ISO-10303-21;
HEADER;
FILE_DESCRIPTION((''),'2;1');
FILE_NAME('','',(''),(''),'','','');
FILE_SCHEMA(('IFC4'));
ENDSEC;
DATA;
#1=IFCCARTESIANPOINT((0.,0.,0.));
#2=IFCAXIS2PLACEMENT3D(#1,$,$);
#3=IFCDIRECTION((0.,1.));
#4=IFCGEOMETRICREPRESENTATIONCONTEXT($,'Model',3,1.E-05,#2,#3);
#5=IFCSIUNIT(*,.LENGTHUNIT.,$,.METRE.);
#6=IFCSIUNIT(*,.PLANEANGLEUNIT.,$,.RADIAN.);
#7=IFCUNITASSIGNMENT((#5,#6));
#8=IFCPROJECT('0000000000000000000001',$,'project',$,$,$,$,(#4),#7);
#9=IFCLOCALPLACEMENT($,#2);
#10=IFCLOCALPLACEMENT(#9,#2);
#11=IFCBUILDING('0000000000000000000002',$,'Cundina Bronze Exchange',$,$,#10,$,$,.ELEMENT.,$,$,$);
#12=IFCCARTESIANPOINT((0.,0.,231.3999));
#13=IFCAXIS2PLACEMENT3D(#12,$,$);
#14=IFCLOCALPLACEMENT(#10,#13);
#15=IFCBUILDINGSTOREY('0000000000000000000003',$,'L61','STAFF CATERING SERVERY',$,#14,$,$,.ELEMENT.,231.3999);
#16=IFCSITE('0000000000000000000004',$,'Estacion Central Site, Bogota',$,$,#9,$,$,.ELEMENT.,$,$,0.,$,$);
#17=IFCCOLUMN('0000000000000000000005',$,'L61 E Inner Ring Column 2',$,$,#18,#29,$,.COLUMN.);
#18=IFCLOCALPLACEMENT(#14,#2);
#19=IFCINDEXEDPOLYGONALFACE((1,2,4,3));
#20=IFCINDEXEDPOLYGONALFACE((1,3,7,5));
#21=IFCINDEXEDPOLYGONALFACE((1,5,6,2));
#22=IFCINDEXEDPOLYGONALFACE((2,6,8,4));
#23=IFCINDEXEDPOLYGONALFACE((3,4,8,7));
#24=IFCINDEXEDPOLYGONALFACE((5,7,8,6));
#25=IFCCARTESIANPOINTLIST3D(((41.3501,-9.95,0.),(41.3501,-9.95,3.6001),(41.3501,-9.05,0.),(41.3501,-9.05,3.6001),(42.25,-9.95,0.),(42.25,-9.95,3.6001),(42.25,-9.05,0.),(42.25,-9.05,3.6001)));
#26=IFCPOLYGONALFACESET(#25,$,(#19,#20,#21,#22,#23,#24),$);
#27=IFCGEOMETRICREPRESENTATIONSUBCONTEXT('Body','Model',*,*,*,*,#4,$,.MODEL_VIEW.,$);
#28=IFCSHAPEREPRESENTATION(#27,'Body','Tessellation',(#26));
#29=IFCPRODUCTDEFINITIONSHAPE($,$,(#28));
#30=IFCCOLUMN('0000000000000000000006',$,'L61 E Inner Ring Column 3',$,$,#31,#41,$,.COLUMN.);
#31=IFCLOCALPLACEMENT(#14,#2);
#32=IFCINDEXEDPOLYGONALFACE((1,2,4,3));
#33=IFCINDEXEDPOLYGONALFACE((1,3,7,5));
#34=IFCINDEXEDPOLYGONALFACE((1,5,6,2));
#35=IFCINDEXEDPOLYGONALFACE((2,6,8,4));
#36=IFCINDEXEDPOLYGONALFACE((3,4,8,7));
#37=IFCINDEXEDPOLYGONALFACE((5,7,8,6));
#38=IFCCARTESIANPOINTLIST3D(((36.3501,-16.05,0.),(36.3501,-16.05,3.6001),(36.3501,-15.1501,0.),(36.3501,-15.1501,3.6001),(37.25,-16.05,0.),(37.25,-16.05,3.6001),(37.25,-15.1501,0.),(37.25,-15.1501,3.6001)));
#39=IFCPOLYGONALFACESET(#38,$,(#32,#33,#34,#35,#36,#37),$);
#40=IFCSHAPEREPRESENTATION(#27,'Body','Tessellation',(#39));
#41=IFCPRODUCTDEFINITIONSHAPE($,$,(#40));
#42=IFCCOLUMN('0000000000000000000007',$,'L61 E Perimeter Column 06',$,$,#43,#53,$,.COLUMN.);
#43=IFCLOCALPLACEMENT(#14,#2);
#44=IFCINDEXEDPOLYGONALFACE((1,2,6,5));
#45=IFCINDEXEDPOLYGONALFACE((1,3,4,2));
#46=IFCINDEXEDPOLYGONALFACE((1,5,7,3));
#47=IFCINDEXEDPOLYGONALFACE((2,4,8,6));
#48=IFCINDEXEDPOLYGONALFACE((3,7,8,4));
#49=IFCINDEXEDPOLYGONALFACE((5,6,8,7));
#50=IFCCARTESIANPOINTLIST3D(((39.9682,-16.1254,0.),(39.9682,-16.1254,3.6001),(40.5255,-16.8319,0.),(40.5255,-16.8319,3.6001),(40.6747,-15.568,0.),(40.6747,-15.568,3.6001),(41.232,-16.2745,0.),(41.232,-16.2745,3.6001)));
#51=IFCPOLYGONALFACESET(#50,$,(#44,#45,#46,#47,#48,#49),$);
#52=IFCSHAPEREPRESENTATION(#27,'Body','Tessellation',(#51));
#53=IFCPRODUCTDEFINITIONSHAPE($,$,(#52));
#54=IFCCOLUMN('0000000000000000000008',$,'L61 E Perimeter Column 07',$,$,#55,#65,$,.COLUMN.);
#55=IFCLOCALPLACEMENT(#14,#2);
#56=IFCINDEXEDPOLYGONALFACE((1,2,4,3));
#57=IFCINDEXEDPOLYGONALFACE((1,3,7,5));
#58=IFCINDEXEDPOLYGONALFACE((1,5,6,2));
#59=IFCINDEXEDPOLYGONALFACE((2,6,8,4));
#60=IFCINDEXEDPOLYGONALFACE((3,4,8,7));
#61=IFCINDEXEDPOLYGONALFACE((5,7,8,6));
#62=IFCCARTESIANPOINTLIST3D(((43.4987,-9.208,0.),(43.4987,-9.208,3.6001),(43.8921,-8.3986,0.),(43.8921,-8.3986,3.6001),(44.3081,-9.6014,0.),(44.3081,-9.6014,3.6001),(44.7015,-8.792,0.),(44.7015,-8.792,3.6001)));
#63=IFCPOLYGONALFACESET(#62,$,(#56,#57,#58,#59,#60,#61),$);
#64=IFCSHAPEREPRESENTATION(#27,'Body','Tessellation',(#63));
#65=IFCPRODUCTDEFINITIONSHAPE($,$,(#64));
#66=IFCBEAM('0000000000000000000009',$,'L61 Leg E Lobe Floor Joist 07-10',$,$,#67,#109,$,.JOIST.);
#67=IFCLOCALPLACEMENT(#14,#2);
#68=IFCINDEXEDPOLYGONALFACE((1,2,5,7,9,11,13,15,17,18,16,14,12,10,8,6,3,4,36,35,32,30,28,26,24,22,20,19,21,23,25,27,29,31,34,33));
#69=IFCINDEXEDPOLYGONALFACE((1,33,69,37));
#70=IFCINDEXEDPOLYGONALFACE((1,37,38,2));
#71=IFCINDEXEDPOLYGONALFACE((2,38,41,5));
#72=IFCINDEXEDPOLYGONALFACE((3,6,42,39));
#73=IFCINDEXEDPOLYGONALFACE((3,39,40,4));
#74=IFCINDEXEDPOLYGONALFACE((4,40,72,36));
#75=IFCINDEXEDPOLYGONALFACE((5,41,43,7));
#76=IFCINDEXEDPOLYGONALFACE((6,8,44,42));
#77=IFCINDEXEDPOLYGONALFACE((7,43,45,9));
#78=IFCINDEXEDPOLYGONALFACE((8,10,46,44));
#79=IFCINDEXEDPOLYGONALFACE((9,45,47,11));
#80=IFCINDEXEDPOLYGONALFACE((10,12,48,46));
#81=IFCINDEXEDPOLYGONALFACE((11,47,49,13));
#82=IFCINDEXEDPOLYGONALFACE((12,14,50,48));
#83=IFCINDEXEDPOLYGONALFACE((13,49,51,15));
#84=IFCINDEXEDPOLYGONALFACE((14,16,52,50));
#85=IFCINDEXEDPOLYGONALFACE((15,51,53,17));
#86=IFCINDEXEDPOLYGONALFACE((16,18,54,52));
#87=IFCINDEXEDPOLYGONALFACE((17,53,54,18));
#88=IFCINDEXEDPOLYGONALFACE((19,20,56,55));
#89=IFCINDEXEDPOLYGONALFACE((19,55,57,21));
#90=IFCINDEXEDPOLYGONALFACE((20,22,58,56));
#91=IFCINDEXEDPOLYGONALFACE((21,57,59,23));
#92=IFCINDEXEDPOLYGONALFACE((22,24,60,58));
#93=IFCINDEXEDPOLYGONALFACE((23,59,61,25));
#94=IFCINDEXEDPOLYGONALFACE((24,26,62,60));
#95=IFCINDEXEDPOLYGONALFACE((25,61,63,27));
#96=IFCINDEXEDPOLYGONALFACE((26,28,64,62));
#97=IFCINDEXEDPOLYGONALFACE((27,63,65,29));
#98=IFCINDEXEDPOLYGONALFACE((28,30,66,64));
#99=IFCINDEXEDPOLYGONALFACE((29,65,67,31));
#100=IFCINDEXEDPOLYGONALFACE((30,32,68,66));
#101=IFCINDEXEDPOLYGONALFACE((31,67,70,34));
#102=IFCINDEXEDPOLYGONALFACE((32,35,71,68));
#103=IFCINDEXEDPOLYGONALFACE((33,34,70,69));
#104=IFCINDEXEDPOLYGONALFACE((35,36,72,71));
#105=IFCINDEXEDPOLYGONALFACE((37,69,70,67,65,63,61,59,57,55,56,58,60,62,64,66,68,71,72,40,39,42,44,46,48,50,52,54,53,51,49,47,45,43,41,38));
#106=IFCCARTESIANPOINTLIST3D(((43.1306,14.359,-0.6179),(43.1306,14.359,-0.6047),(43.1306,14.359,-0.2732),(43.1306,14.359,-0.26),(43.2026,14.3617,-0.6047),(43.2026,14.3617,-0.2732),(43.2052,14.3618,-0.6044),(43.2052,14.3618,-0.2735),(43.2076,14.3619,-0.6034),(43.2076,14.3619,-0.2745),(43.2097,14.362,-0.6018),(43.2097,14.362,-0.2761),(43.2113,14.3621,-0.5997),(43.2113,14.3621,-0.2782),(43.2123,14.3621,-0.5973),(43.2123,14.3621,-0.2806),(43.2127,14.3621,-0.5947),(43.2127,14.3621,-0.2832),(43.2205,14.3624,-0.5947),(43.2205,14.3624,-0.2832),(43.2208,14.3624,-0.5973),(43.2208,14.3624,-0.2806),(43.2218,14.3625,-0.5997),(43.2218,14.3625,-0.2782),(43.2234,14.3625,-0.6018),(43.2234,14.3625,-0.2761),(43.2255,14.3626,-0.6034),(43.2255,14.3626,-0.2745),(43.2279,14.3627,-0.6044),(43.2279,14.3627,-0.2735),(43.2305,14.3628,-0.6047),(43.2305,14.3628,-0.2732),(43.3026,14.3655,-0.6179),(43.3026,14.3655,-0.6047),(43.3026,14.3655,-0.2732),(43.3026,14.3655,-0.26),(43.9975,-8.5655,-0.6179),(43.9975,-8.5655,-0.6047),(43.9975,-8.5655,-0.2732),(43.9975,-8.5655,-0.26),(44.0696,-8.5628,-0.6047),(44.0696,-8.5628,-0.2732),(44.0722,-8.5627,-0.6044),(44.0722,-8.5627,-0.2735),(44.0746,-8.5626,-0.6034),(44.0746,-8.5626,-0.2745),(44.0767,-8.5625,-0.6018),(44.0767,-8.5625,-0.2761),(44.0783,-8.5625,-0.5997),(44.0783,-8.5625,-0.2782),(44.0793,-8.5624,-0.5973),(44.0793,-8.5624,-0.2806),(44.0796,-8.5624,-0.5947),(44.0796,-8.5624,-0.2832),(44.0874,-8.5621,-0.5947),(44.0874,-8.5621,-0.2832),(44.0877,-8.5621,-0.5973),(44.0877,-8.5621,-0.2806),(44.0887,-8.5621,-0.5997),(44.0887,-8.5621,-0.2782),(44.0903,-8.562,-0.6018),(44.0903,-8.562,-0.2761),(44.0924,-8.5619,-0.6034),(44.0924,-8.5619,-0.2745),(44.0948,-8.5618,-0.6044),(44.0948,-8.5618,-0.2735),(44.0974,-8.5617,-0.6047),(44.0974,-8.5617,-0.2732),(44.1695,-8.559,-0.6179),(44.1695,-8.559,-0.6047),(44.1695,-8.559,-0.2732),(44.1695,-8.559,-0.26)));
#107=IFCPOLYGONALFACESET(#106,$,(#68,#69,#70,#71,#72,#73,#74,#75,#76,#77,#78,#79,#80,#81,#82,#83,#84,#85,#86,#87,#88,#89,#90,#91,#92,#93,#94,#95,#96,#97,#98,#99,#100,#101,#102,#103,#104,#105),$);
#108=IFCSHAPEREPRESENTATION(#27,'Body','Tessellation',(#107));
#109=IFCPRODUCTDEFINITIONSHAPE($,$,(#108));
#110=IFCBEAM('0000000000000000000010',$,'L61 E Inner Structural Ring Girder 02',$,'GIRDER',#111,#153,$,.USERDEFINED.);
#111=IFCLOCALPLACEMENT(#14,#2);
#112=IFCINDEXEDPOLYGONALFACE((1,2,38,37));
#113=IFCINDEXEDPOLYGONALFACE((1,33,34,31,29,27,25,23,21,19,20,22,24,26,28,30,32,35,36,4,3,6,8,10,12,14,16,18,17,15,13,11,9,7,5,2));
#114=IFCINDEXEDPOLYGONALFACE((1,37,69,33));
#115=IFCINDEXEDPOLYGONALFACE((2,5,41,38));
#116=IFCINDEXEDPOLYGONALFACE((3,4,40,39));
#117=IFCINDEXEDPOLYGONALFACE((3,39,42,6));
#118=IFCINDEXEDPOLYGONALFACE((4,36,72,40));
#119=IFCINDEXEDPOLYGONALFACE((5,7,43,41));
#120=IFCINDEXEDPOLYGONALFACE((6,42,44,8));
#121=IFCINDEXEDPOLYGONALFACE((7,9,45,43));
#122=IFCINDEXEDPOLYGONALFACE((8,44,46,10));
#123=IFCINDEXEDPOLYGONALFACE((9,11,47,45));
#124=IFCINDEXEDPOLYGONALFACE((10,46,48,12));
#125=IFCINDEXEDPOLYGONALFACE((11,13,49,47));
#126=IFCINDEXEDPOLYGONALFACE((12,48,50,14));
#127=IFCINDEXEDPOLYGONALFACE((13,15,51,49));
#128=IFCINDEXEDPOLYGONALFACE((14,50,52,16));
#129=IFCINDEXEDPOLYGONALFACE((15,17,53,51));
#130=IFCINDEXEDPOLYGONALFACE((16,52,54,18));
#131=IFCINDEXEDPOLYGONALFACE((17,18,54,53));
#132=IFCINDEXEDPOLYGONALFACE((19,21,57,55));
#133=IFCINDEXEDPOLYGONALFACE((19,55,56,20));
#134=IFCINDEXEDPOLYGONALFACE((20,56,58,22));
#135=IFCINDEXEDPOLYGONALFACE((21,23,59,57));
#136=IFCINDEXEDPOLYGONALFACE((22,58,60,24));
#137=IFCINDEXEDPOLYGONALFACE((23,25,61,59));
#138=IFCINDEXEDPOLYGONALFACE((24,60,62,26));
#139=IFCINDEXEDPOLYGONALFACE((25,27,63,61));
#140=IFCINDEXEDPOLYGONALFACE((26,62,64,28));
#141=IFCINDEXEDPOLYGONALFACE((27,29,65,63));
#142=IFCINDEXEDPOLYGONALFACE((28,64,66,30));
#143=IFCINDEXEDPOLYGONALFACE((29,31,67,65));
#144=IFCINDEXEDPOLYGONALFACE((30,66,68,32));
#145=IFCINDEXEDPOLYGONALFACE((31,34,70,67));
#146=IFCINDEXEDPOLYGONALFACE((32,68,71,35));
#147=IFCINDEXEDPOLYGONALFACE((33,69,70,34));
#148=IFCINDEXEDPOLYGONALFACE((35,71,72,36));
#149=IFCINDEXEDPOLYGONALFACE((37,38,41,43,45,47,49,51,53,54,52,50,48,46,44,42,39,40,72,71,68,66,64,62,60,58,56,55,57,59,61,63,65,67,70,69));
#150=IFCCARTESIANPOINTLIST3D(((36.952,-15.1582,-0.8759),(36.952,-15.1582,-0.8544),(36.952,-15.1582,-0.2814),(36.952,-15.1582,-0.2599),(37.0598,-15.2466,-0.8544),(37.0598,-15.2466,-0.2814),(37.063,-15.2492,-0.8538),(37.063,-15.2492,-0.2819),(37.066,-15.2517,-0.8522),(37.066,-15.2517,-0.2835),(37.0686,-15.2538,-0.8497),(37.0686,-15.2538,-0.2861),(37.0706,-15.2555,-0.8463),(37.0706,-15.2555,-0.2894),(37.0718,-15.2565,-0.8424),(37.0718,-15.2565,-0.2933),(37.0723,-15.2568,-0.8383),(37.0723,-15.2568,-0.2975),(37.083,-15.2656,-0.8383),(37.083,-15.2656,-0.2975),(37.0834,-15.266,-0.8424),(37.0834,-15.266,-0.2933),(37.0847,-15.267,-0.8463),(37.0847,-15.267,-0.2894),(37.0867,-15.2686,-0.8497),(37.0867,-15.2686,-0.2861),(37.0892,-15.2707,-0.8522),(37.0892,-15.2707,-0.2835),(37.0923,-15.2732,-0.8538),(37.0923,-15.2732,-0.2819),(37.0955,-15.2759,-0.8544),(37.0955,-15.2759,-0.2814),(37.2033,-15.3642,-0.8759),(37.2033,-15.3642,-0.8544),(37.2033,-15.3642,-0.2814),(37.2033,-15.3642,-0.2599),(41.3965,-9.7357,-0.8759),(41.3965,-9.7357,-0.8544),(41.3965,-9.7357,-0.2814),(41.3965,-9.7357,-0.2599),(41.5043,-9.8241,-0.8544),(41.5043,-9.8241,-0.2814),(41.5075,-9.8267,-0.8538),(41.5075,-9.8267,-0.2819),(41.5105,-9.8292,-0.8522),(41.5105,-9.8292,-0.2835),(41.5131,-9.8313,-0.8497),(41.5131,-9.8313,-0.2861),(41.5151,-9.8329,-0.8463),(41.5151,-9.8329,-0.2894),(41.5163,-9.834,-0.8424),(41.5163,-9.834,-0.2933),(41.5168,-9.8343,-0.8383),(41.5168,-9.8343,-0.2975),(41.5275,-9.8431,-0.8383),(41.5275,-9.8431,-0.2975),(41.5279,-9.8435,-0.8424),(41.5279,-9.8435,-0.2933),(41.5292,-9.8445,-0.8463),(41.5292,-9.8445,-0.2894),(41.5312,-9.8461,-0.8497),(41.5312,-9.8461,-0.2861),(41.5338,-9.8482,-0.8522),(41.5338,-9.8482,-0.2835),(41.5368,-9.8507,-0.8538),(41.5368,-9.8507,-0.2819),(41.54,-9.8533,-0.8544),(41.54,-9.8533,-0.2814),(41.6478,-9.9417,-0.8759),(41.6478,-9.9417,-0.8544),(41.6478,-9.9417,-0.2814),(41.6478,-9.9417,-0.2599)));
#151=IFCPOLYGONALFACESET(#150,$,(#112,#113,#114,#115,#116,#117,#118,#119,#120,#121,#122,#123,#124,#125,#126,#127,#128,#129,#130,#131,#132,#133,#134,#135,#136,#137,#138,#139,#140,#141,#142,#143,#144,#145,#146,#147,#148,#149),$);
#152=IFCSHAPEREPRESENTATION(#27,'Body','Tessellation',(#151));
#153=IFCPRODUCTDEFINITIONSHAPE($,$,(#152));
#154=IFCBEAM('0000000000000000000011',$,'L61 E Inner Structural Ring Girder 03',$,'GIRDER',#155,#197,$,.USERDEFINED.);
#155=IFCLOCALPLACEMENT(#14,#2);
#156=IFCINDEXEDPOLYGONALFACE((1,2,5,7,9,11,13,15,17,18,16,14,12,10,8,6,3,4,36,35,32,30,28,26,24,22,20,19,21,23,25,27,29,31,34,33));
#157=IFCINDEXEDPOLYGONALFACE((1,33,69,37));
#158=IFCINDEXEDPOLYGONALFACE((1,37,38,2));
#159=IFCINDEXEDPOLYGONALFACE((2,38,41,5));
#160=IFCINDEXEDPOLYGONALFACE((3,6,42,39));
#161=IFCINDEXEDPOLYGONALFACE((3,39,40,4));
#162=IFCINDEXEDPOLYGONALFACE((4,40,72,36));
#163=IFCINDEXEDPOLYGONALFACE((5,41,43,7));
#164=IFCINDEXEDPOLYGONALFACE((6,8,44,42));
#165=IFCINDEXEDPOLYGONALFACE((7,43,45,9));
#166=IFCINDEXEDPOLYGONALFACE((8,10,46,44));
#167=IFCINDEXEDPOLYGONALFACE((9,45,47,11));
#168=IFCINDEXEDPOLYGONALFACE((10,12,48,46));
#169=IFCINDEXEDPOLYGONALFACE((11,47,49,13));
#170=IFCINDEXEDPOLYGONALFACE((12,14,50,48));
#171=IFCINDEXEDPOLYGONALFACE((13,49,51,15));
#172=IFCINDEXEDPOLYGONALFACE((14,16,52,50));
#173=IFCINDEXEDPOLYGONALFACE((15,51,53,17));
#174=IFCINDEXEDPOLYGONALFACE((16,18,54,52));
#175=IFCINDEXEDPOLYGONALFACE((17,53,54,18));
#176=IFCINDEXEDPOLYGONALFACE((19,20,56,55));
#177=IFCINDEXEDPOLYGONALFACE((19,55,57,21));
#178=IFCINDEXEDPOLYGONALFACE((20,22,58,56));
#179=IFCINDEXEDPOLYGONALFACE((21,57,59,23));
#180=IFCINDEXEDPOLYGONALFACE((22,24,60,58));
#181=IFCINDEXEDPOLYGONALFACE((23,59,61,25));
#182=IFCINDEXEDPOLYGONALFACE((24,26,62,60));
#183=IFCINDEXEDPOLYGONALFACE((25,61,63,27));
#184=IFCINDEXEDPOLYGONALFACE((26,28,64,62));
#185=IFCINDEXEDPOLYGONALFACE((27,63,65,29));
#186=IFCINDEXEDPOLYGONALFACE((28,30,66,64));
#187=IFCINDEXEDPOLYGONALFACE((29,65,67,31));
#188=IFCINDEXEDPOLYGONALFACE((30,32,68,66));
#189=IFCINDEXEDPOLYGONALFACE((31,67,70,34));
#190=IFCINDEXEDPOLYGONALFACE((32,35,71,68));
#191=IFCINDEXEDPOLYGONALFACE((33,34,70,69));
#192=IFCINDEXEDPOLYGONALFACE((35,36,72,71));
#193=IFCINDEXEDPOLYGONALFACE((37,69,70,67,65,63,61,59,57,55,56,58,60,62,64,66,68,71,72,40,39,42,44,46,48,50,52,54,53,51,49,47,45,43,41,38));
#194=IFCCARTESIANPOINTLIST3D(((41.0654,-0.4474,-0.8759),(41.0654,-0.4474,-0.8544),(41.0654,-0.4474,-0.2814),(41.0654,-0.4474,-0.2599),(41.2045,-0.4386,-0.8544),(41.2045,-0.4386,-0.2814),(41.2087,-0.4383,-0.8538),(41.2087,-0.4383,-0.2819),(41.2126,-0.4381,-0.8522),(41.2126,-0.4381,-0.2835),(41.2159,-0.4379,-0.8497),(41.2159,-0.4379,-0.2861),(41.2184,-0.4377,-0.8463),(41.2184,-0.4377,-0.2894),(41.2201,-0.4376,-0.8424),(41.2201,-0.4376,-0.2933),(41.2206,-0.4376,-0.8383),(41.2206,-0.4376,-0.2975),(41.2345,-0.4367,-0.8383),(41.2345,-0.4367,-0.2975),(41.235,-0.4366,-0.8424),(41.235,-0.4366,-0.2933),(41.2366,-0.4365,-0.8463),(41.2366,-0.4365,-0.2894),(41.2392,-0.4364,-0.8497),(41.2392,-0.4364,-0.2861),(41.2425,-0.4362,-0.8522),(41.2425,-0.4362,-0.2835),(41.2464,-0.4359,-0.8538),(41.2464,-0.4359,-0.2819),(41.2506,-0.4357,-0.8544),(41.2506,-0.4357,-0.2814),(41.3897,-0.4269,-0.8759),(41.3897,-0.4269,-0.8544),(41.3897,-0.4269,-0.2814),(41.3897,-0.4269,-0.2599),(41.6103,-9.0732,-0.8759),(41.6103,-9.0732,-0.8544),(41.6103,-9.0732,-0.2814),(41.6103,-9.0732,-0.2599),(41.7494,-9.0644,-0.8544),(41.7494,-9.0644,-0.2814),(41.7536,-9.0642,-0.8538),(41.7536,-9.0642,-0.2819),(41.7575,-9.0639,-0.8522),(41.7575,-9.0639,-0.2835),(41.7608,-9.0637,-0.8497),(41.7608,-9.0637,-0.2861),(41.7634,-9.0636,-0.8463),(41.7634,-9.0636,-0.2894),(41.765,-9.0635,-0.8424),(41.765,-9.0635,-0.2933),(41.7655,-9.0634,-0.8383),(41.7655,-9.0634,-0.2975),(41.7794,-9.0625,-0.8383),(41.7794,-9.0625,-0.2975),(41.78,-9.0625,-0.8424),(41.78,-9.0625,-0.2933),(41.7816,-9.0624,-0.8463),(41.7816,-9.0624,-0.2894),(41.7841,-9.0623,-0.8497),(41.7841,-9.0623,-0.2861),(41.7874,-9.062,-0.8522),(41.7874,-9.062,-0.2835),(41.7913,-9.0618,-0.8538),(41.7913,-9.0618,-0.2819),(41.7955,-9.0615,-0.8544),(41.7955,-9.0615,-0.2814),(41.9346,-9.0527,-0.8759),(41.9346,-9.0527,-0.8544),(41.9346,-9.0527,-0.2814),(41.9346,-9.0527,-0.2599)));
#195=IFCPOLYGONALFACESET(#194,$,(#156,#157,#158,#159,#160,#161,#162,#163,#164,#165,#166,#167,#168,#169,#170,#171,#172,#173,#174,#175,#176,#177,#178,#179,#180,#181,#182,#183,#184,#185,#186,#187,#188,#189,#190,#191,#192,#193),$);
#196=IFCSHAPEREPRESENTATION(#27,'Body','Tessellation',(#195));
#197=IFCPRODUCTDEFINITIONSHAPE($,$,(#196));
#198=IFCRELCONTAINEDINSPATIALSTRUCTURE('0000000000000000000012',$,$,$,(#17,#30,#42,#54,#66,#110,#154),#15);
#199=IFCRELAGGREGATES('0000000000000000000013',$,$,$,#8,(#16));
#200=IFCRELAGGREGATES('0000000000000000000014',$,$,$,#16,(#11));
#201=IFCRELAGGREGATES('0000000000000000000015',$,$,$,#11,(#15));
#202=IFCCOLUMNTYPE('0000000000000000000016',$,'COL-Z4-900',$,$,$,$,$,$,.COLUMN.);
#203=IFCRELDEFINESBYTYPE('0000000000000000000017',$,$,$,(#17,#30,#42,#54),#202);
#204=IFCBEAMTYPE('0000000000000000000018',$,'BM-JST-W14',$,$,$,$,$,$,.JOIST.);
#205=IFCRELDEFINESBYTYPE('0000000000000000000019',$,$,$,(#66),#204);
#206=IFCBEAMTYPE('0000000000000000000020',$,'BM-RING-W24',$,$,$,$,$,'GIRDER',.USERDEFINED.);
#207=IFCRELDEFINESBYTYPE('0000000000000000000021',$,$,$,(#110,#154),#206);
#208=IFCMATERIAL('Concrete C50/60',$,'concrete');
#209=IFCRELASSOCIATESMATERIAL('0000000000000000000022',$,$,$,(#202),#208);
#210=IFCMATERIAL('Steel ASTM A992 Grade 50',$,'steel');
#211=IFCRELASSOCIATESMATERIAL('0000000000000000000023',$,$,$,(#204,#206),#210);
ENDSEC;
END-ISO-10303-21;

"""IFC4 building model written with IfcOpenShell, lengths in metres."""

from ifc_helpers import new_model, si_unit, direction, frame, origin, origin_2d, place, context, subcontext, project, spatial, rectangle, i_section, extrude, material, material_profile, profile_set, type_object, element, save


model = new_model("IFC4")

# Units and contexts
model_context = context("Model", 3, precision=1e-05, world=origin(), true_north=direction((0.0, 1.0)))
body_context = subcontext(model_context, "Body", "Model", "MODEL_VIEW")
ifc_project = project(units=[si_unit("LENGTHUNIT", "METRE"), si_unit("PLANEANGLEUNIT", "RADIAN")], contexts=[model_context])

# Site, building, storey
site_placement = place(None, origin())
site = spatial("IfcSite", under=ifc_project, at=site_placement, Name="Estacion Central Site, Bogota", CompositionType="ELEMENT", RefElevation=0.0)
building_placement = place(site_placement, origin())
building = spatial("IfcBuilding", under=site, at=building_placement, Name="Cundina Bronze Exchange", CompositionType="ELEMENT")
storey_placement = place(building_placement, frame((0.0, 0.0, 231.3999)))
storey = spatial("IfcBuildingStorey", under=building, at=storey_placement, Name="L61", Description="STAFF CATERING SERVERY", CompositionType="ELEMENT", Elevation=231.3999)

# Columns
ifc_material_1 = material(Name="Concrete C50/60", Category="concrete")
ifc_material_profile_1 = material_profile(ifc_material_1, rectangle(XDim=0.8999, YDim=0.8999, at=origin_2d()), Name="RC900X900", Category="concrete")
ifc_profile_set_1 = profile_set([ifc_material_profile_1], Name="Concrete C50/60")
column_type = type_object("IfcColumnType", Name="COL-Z4-900", PredefinedType="COLUMN", material=ifc_profile_set_1)
for number, where, z_axis, x_axis, name in (
    (1, (41.8, -9.5, 0.0), (0.0, 0.0, 1.0), (1.0, 0.0, 0.0), "L61 E Inner Ring Column 2"),
    (2, (36.8, -15.6001, 0.0), (0.0, 0.0, 1.0), (1.0, 0.0, 0.0), "L61 E Inner Ring Column 3"),
    (3, (40.6001, -16.2, 0.0), (0.0, 0.0, 1.0), (0.785101, 0.619368, 0.0), "L61 E Perimeter Column 06"),
    (4, (44.1001, -9.0, 0.0), (0.0, 0.0, 1.0), (0.437116, 0.899405, 0.0), "L61 E Perimeter Column 07"),
):
    element("IfcColumn", number, at=place(storey_placement, frame(where, z_axis=z_axis, x_axis=x_axis)), inside=storey, type_object=column_type, Name=name, PredefinedType="COLUMN", context=body_context, shape_type="SweptSolid", body=[
        extrude(rectangle(XDim=0.8999, YDim=0.8999, at=origin_2d()), origin(), (0.0, 0.0, 1.0), 3.6001),
    ])

# Beams
ifc_material_2 = material(Name="Steel ASTM A992 Grade 50", Category="steel")
ifc_material_profile_2 = material_profile(ifc_material_2, i_section(OverallWidth=0.1721, OverallDepth=0.3579, WebThickness=0.0078, FlangeThickness=0.0132, FilletRadius=0.01, at=origin_2d()), Name="W14X38", Category="steel")
ifc_profile_set_2 = profile_set([ifc_material_profile_2], Name="Steel ASTM A992 Grade 50")
beam_type_1 = type_object("IfcBeamType", Name="BM-JST-W14", PredefinedType="JOIST", material=ifc_profile_set_2)
beam_1_placement = place(storey_placement, frame((44.0835, -8.5623, -0.439), z_axis=(-0.03779, 0.999286, 0.0), x_axis=(-0.999286, -0.03779, 0.0)))
element("IfcBeam", 5, at=beam_1_placement, inside=storey, type_object=beam_type_1, Name="L61 Leg E Lobe Floor Joist 07-10", PredefinedType="JOIST", context=body_context, shape_type="SweptSolid", body=[
    extrude(i_section(OverallWidth=0.1721, OverallDepth=0.3579, WebThickness=0.0078, FlangeThickness=0.0132, FilletRadius=0.01, at=origin_2d()), origin(), (0.0, 0.0, 1.0), 22.9409),
])
ifc_material_profile_3 = material_profile(ifc_material_2, i_section(OverallWidth=0.325, OverallDepth=0.616, WebThickness=0.0139, FlangeThickness=0.0215, FilletRadius=0.0161, at=origin_2d()), Name="W24X117", Category="steel")
ifc_profile_set_3 = profile_set([ifc_material_profile_3], Name="Steel ASTM A992 Grade 50")
beam_type_2 = type_object("IfcBeamType", Name="BM-RING-W24", ElementType="GIRDER", PredefinedType="USERDEFINED", material=ifc_profile_set_3)
beam_2_placement = place(storey_placement, frame((37.0776, -15.2612, -0.5679), z_axis=(0.633913, 0.773405, 0.0), x_axis=(-0.773405, 0.633913, 0.0)))
element("IfcBeam", 6, at=beam_2_placement, inside=storey, type_object=beam_type_2, Name="L61 E Inner Structural Ring Girder 02", ObjectType="GIRDER", PredefinedType="USERDEFINED", context=body_context, shape_type="SweptSolid", body=[
    extrude(i_section(OverallWidth=0.325, OverallDepth=0.616, WebThickness=0.0139, FlangeThickness=0.0215, FilletRadius=0.0161, at=origin_2d()), origin(), (0.0, 0.0, 1.0), 7.0112),
])
beam_3_placement = place(storey_placement, frame((41.7725, -9.063, -0.5679), z_axis=(-0.063047, 0.998011, 0.0), x_axis=(-0.998011, -0.063047, 0.0)))
element("IfcBeam", 7, at=beam_3_placement, inside=storey, type_object=beam_type_2, Name="L61 E Inner Structural Ring Girder 03", ObjectType="GIRDER", PredefinedType="USERDEFINED", context=body_context, shape_type="SweptSolid", body=[
    extrude(i_section(OverallWidth=0.325, OverallDepth=0.616, WebThickness=0.0139, FlangeThickness=0.0215, FilletRadius=0.0161, at=origin_2d()), origin(), (0.0, 0.0, 1.0), 8.6431),
])

save(model, "model.ifc")
